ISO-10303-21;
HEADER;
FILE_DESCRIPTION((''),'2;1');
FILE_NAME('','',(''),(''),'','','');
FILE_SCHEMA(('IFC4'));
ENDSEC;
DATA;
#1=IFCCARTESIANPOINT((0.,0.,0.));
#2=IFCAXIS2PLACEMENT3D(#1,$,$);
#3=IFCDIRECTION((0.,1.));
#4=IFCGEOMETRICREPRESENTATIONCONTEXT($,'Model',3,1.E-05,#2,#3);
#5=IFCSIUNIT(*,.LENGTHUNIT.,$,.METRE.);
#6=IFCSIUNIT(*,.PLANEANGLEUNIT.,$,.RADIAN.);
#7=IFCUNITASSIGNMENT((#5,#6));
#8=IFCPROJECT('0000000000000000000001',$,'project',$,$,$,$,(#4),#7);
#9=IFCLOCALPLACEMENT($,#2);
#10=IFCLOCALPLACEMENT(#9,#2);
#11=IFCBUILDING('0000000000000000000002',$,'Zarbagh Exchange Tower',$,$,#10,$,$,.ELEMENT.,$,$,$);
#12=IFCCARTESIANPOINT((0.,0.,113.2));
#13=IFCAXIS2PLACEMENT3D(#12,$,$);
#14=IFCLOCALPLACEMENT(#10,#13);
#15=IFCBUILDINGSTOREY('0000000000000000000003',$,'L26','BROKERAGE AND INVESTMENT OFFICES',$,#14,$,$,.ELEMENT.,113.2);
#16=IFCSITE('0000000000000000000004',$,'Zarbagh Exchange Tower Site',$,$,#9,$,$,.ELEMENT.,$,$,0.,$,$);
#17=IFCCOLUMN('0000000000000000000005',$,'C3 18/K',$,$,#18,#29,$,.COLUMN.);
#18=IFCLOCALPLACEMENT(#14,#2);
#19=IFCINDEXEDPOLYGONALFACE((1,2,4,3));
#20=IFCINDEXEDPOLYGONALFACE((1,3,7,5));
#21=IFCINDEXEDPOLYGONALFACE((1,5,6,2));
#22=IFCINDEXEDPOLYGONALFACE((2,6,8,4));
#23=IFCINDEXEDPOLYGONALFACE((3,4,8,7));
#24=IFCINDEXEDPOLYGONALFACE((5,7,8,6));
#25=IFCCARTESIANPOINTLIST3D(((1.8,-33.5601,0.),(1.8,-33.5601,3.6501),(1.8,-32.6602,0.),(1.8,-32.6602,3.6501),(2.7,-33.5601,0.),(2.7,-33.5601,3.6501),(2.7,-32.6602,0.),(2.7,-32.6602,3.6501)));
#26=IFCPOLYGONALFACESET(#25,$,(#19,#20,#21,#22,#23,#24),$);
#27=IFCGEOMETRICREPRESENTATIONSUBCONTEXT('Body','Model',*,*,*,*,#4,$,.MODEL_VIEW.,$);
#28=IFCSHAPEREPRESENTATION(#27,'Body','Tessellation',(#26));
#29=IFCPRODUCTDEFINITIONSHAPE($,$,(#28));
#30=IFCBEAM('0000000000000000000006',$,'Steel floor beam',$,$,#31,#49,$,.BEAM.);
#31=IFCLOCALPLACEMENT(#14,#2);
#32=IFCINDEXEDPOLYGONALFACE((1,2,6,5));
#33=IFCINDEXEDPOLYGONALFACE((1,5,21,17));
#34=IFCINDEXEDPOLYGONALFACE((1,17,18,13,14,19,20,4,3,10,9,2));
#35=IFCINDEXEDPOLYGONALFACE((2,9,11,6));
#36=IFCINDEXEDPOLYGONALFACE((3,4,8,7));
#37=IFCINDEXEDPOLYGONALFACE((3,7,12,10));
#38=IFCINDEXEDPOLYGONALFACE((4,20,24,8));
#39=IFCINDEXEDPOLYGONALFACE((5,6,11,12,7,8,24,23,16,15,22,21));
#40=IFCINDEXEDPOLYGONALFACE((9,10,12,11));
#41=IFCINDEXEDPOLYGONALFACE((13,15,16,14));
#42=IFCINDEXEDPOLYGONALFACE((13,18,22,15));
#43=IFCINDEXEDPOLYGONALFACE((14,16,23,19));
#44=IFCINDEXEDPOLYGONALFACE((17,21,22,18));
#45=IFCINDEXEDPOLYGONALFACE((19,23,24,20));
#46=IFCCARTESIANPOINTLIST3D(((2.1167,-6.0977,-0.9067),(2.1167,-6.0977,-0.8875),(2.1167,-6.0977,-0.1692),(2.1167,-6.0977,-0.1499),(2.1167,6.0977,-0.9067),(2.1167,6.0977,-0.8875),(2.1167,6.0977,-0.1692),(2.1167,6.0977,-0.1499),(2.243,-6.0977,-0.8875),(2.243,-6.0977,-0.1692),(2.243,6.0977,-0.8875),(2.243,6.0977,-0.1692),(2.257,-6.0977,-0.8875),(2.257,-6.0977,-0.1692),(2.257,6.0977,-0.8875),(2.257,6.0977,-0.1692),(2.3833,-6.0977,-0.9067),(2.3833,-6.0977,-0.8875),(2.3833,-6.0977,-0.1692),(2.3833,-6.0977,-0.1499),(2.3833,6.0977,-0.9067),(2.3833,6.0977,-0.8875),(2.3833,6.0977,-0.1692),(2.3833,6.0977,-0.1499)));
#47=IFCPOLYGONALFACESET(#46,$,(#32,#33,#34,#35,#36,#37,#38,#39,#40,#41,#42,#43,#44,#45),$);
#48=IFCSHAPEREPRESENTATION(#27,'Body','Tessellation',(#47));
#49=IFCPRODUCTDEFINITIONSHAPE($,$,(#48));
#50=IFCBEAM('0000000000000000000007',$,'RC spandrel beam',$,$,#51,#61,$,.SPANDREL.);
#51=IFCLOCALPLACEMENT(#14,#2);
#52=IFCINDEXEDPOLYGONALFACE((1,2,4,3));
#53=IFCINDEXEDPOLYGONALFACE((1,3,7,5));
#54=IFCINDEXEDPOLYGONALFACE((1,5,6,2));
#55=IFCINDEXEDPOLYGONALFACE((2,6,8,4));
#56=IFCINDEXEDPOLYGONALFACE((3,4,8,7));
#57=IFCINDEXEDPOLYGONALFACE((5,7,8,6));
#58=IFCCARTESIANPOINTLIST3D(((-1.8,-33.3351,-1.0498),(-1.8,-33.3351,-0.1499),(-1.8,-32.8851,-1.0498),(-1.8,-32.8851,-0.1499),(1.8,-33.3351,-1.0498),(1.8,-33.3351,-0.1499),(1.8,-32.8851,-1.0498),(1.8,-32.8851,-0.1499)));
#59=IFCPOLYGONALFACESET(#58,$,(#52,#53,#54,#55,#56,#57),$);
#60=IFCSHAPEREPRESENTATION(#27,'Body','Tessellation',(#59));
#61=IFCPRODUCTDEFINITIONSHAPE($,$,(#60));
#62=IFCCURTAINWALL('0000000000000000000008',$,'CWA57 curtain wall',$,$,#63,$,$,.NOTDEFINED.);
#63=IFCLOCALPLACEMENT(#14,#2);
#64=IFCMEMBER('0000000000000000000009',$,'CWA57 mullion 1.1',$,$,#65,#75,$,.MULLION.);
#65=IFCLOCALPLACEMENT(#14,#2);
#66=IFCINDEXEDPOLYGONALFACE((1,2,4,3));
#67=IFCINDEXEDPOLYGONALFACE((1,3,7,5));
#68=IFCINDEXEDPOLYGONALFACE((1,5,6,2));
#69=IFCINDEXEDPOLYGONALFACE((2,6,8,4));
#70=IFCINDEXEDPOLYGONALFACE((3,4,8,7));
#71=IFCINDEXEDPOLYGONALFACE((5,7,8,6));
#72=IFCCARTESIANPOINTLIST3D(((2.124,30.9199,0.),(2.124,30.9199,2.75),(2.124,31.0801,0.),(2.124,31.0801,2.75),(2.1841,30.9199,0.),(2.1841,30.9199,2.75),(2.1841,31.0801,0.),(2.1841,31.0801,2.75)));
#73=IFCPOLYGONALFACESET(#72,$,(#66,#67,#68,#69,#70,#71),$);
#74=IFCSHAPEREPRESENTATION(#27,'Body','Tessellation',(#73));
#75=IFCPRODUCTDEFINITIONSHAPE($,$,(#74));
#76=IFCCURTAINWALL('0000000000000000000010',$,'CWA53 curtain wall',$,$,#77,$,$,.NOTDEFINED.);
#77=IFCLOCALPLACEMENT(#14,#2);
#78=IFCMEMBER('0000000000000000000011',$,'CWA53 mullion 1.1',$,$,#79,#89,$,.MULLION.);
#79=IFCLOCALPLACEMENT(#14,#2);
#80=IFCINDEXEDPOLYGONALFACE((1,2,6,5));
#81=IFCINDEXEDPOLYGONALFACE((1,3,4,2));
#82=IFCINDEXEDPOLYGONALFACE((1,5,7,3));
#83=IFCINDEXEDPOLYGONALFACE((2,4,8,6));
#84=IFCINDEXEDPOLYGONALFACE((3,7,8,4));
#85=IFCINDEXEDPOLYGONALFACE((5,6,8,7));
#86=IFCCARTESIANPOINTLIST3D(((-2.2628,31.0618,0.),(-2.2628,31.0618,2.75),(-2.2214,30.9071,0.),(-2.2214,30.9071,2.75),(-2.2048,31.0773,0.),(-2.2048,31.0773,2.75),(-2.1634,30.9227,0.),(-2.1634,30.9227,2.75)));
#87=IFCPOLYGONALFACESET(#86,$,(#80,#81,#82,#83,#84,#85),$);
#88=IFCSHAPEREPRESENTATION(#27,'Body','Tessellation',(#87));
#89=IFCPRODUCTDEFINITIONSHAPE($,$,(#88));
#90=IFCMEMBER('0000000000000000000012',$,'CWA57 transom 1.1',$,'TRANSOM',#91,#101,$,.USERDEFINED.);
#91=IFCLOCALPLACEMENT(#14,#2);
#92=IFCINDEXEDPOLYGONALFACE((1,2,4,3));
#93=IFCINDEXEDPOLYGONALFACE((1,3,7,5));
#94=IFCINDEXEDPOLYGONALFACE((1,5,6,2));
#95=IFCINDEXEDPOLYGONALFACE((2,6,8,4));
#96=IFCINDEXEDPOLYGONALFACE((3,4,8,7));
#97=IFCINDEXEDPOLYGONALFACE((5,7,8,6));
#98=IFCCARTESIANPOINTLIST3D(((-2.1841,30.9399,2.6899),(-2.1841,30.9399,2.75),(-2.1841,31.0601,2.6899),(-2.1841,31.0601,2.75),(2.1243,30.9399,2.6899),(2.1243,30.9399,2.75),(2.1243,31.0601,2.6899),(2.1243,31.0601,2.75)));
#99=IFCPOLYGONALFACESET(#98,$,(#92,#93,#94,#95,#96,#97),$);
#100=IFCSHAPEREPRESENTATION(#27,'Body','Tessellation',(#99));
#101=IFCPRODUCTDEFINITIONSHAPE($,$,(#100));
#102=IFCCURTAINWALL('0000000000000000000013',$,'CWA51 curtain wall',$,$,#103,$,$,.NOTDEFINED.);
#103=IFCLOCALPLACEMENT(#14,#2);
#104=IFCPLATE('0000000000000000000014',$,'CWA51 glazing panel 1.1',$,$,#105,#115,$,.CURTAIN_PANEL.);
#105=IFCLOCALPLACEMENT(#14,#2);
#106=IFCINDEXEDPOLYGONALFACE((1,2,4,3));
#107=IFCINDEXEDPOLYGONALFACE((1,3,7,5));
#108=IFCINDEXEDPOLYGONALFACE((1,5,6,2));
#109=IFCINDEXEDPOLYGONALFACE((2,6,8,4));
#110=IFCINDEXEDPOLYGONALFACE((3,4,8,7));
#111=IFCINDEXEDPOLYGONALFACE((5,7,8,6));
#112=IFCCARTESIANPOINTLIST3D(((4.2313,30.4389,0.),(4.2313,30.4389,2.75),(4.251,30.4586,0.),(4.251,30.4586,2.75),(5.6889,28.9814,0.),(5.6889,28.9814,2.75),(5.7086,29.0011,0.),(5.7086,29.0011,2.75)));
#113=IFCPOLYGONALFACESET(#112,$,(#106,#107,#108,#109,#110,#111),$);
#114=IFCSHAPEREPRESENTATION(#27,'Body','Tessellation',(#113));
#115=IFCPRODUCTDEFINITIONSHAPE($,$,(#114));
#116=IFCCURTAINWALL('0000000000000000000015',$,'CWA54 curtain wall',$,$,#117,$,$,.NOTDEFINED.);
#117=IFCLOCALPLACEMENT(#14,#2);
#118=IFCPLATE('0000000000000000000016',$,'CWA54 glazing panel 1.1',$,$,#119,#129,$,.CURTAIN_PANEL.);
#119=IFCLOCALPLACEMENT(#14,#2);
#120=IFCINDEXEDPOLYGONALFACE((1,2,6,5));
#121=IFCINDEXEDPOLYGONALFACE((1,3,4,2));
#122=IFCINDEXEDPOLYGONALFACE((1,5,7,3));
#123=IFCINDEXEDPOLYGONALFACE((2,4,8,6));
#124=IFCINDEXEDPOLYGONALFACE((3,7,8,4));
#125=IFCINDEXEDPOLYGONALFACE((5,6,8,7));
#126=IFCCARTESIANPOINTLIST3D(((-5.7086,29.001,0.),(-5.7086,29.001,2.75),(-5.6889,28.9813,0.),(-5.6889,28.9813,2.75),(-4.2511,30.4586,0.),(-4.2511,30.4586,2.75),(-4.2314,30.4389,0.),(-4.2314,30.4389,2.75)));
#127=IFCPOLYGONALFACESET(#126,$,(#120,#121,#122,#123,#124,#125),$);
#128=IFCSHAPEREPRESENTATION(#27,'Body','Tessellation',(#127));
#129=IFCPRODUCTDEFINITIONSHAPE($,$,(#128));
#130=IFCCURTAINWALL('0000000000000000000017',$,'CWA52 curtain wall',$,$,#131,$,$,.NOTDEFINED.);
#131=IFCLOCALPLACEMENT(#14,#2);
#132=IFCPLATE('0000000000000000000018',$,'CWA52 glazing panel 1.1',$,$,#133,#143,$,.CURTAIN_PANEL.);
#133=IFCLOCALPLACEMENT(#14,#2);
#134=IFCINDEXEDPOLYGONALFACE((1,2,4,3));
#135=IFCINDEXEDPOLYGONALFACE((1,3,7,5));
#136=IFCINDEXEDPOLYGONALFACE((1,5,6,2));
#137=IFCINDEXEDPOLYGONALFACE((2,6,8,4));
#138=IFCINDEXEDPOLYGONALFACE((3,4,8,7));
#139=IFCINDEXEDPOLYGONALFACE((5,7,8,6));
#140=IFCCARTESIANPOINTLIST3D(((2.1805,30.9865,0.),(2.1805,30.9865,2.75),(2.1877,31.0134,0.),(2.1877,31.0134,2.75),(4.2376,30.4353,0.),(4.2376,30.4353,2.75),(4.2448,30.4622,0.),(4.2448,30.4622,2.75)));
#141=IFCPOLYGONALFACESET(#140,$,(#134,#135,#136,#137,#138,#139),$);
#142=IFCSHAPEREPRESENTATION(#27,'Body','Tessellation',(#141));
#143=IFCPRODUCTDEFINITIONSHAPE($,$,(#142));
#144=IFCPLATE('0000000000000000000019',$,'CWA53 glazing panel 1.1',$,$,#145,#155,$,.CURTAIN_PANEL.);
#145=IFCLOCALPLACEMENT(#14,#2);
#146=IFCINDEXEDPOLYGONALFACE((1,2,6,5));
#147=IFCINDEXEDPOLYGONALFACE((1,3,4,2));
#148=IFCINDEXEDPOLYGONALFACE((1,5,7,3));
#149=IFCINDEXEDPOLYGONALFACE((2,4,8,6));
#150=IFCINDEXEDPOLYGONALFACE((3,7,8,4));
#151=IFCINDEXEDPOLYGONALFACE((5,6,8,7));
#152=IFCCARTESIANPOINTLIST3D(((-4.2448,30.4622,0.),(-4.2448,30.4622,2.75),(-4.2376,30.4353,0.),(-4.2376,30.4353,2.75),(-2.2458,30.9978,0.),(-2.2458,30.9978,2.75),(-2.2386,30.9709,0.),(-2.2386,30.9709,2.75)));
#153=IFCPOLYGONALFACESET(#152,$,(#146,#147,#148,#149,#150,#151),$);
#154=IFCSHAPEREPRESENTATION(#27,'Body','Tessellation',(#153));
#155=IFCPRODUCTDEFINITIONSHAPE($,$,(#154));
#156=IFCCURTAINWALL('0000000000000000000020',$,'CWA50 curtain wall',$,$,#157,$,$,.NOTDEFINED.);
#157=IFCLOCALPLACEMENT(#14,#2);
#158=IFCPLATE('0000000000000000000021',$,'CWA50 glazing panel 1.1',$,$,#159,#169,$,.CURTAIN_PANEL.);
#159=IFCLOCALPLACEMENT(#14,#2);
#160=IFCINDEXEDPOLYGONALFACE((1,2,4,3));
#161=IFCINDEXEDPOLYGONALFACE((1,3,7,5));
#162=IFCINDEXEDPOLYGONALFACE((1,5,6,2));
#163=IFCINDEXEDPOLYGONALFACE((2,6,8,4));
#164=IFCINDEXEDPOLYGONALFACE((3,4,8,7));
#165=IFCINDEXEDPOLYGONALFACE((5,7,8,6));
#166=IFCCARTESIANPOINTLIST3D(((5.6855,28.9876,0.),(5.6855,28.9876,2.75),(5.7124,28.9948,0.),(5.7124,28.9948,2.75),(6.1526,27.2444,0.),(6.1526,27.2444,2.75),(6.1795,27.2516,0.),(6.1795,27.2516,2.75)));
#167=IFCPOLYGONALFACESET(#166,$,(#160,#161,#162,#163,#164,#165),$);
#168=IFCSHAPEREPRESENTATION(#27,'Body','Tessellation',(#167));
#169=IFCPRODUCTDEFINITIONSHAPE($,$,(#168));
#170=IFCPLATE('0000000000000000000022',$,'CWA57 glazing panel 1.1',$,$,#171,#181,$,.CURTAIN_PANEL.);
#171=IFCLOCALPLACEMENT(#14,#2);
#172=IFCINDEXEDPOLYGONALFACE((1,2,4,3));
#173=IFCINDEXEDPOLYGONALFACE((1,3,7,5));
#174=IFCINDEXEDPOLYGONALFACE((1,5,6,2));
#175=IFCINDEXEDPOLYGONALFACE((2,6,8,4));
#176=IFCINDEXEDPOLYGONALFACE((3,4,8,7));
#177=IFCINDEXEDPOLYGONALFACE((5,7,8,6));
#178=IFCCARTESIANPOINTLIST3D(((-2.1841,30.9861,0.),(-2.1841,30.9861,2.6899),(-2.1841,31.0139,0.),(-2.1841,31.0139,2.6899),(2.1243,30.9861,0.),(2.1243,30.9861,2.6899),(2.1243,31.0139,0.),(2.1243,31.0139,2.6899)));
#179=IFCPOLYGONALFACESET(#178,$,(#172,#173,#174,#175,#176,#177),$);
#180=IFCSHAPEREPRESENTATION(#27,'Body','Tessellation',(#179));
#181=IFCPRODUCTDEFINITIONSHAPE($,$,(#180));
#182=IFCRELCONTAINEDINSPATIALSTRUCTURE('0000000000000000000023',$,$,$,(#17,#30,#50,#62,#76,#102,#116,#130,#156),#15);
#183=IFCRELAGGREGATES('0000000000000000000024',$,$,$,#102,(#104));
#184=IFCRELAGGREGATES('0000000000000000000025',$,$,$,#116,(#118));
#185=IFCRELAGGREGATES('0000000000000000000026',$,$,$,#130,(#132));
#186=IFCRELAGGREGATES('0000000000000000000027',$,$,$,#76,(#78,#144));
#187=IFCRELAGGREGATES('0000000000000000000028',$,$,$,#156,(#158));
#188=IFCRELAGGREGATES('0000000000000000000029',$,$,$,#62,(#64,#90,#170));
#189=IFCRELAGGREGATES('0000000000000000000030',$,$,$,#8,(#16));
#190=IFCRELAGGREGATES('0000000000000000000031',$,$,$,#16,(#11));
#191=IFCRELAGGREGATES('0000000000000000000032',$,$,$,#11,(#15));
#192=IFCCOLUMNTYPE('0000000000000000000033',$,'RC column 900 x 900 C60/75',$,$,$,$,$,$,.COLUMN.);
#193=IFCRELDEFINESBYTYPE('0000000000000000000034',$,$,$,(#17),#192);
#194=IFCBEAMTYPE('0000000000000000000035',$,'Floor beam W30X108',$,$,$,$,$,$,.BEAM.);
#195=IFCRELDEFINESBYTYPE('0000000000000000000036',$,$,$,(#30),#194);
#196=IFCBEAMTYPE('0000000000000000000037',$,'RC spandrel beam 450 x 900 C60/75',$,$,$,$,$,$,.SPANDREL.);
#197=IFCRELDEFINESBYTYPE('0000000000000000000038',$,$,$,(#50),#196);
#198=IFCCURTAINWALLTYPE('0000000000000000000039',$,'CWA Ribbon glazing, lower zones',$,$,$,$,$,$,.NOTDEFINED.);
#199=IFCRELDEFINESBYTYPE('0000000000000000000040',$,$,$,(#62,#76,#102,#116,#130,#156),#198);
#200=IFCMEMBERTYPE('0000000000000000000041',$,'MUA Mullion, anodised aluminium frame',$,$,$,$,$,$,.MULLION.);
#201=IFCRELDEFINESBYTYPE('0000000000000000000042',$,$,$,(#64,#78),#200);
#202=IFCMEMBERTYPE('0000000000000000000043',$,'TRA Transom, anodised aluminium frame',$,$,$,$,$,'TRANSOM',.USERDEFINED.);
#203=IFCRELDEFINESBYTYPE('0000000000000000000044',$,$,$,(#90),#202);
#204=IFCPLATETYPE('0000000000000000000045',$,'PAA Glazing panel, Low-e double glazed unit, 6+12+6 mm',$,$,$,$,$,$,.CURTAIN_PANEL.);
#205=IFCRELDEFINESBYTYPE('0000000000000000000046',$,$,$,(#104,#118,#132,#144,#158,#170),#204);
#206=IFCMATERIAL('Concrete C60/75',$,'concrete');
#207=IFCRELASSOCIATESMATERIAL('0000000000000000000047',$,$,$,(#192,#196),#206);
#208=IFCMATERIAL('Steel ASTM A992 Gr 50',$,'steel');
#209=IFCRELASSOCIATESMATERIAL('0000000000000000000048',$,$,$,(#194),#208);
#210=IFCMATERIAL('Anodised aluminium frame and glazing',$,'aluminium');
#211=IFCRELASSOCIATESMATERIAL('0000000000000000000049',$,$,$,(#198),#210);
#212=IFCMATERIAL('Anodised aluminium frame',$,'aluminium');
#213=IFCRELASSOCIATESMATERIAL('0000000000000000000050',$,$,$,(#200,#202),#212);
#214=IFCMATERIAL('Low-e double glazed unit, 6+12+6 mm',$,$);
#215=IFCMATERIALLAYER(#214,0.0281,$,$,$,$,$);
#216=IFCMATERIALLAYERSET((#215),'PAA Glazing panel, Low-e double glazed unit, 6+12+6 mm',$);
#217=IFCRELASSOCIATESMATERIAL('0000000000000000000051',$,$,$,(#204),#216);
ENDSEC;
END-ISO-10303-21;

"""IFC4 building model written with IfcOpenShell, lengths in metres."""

from ifc_helpers import new_model, si_unit, direction, frame, origin, origin_2d, place, context, subcontext, project, spatial, polyline, rectangle, i_section, outline, extrude, source, transform, mapped, material, layer, layer_set, material_profile, profile_set, type_object, element, aggregate, save


model = new_model("IFC4")

# Units and contexts
model_context = context("Model", 3, precision=1e-05, world=origin(), true_north=direction((0.0, 1.0)))
body_context = subcontext(model_context, "Body", "Model", "MODEL_VIEW")
ifc_project = project(units=[si_unit("LENGTHUNIT", "METRE"), si_unit("PLANEANGLEUNIT", "RADIAN")], contexts=[model_context])

# Site, building, storey
site_placement = place(None, origin())
site = spatial("IfcSite", under=ifc_project, at=site_placement, Name="Zarbagh Exchange Tower Site", CompositionType="ELEMENT", RefElevation=0.0)
building_placement = place(site_placement, origin())
building = spatial("IfcBuilding", under=site, at=building_placement, Name="Zarbagh Exchange Tower", CompositionType="ELEMENT")
storey_placement = place(building_placement, frame((0.0, 0.0, 113.2)))
storey = spatial("IfcBuildingStorey", under=building, at=storey_placement, Name="L26", Description="BROKERAGE AND INVESTMENT OFFICES", CompositionType="ELEMENT", Elevation=113.2)

# Column
ifc_material_1 = material(Name="Concrete C60/75", Category="concrete")
ifc_material_profile_1 = material_profile(ifc_material_1, rectangle(XDim=0.8999, YDim=0.8999, at=origin_2d()), Name="RC column 900 x 900 C60/75")
ifc_profile_set_1 = profile_set([ifc_material_profile_1], Name="Concrete C60/75")
column_type = type_object("IfcColumnType", Name="RC column 900 x 900 C60/75", PredefinedType="COLUMN", material=ifc_profile_set_1)
column_placement = place(storey_placement, frame((2.25, -33.1101, 0.0), z_axis=(0.0, 0.0, 1.0), x_axis=(1.0, 0.0, 0.0)))
element("IfcColumn", 1, at=column_placement, inside=storey, type_object=column_type, Name="C3 18/K", PredefinedType="COLUMN", context=body_context, shape_type="SweptSolid", body=[
    extrude(rectangle(XDim=0.8999, YDim=0.8999, at=origin_2d()), origin(), (0.0, 0.0, 1.0), 3.6501),
])

# Beams
ifc_material_2 = material(Name="Steel ASTM A992 Gr 50", Category="steel")
ifc_material_profile_2 = material_profile(ifc_material_2, i_section(OverallWidth=0.2666, OverallDepth=0.7568, WebThickness=0.0139, FlangeThickness=0.0193, at=origin_2d()), Name="W30X108")
ifc_profile_set_2 = profile_set([ifc_material_profile_2], Name="Steel ASTM A992 Gr 50")
beam_type_1 = type_object("IfcBeamType", Name="Floor beam W30X108", PredefinedType="BEAM", material=ifc_profile_set_2)
beam_1_placement = place(storey_placement, frame((2.25, -6.0977, -0.5283), z_axis=(0.0, 1.0, 0.0), x_axis=(-1.0, 0.0, 0.0)))
element("IfcBeam", 2, at=beam_1_placement, inside=storey, type_object=beam_type_1, Name="Steel floor beam", PredefinedType="BEAM", context=body_context, shape_type="SweptSolid", body=[
    extrude(i_section(OverallWidth=0.2666, OverallDepth=0.7568, WebThickness=0.0139, FlangeThickness=0.0193, at=origin_2d()), origin(), (0.0, 0.0, 1.0), 12.1953),
])
ifc_material_profile_3 = material_profile(ifc_material_1, rectangle(XDim=0.45, YDim=0.8999, at=origin_2d()), Name="RC spandrel beam 450 x 900 C60/75")
ifc_profile_set_3 = profile_set([ifc_material_profile_3], Name="Concrete C60/75")
beam_type_2 = type_object("IfcBeamType", Name="RC spandrel beam 450 x 900 C60/75", PredefinedType="SPANDREL", material=ifc_profile_set_3)
beam_2_placement = place(storey_placement, frame((1.8, -33.1101, -0.5999), z_axis=(-1.0, 0.0, 0.0), x_axis=(0.0, -1.0, 0.0)))
element("IfcBeam", 3, at=beam_2_placement, inside=storey, type_object=beam_type_2, Name="RC spandrel beam", PredefinedType="SPANDREL", context=body_context, shape_type="SweptSolid", body=[
    extrude(rectangle(XDim=0.45, YDim=0.8999, at=origin_2d()), origin(), (0.0, 0.0, 1.0), 3.6001),
])

# Curtain walls, members
ifc_material_3 = material(Name="Anodised aluminium frame and glazing", Category="aluminium")
curtain_wall_type = type_object("IfcCurtainWallType", Name="CWA Ribbon glazing, lower zones", PredefinedType="NOTDEFINED", material=ifc_material_3)
curtain_wall_1_placement = place(storey_placement, origin())
curtain_wall_1 = element("IfcCurtainWall", 4, at=curtain_wall_1_placement, inside=storey, type_object=curtain_wall_type, Name="CWA57 curtain wall", PredefinedType="NOTDEFINED")
ifc_material_4 = material(Name="Anodised aluminium frame", Category="aluminium")
member_type_1 = type_object("IfcMemberType", Name="MUA Mullion, anodised aluminium frame", PredefinedType="MULLION", material=ifc_material_4)
shared_shape_1 = source(origin(), body_context, "Body", "SweptSolid", [
    extrude(outline(polyline([(0.0, -0.0801), (0.0601, -0.0801), (0.0601, 0.0801), (0.0, 0.0801), (0.0, -0.0801)])), origin(), (0.0, 0.0, 1.0), 2.75),
])
placement = place(storey_placement, origin())
member_1 = element("IfcMember", 5, at=placement, type_object=member_type_1, Name="CWA57 mullion 1.1", PredefinedType="MULLION", context=body_context, shape_type="MappedRepresentation", body=[
    mapped(shared_shape_1, transform((2.1841, 31.0, 0.0), x_axis=(-1.0, 0.0, 0.0), y_axis=(0.0, -1.0, 0.0), z_axis=(0.0, 0.0, 1.0))),
])
curtain_wall_2_placement = place(storey_placement, origin())
curtain_wall_2 = element("IfcCurtainWall", 6, at=curtain_wall_2_placement, inside=storey, type_object=curtain_wall_type, Name="CWA53 curtain wall", PredefinedType="NOTDEFINED")
member_2 = element("IfcMember", 7, at=placement, type_object=member_type_1, Name="CWA53 mullion 1.1", PredefinedType="MULLION", context=body_context, shape_type="MappedRepresentation", body=[
    mapped(shared_shape_1, transform((-2.1841, 31.0, 0.0), x_axis=(-0.965924, -0.258825, 0.0), y_axis=(0.258825, -0.965924, 0.0), z_axis=(0.0, 0.0, 1.0))),
])

# Member
member_type_2 = type_object("IfcMemberType", Name="TRA Transom, anodised aluminium frame", ElementType="TRANSOM", PredefinedType="USERDEFINED", material=ifc_material_4)
shared_shape_2 = source(origin(), body_context, "Body", "SweptSolid", [
    extrude(outline(polyline([(-0.0601, -0.0601), (0.0, -0.0601), (0.0, 0.0601), (-0.0601, 0.0601), (-0.0601, -0.0601)])), origin(), (0.0, 0.0, 1.0), 4.3083),
])
member_3 = element("IfcMember", 8, at=placement, type_object=member_type_2, Name="CWA57 transom 1.1", ObjectType="TRANSOM", PredefinedType="USERDEFINED", context=body_context, shape_type="MappedRepresentation", body=[
    mapped(shared_shape_2, transform((2.1243, 31.0, 2.75), x_axis=(0.0, 0.0, 1.0), y_axis=(0.0, 1.0, 0.0), z_axis=(-1.0, 0.0, 0.0))),
])

# Curtain walls, plates
curtain_wall_3_placement = place(storey_placement, origin())
curtain_wall_3 = element("IfcCurtainWall", 9, at=curtain_wall_3_placement, inside=storey, type_object=curtain_wall_type, Name="CWA51 curtain wall", PredefinedType="NOTDEFINED")
ifc_material_5 = material(Name="Low-e double glazed unit, 6+12+6 mm")
ifc_layer_1 = layer(ifc_material_5, 0.0281)
ifc_layer_set_1 = layer_set([ifc_layer_1], Name="PAA Glazing panel, Low-e double glazed unit, 6+12+6 mm")
plate_type = type_object("IfcPlateType", Name="PAA Glazing panel, Low-e double glazed unit, 6+12+6 mm", PredefinedType="CURTAIN_PANEL", material=ifc_layer_set_1)
shared_shape_3 = source(origin(), body_context, "Body", "SweptSolid", [
    extrude(outline(polyline([(0.0, -0.0139), (2.0613, -0.0139), (2.0613, 0.0139), (0.0, 0.0139), (0.0, -0.0139)])), origin(), (0.0, 0.0, 1.0), 2.75),
])
plate_1 = element("IfcPlate", 10, at=placement, type_object=plate_type, Name="CWA51 glazing panel 1.1", PredefinedType="CURTAIN_PANEL", context=body_context, shape_type="MappedRepresentation", body=[
    mapped(shared_shape_3, transform((5.6987, 28.9912, 0.0), x_axis=(-0.707107, 0.707107, 0.0), y_axis=(-0.707107, -0.707107, 0.0), z_axis=(0.0, 0.0, 1.0))),
])
aggregate(curtain_wall_3, [plate_1])
curtain_wall_4_placement = place(storey_placement, origin())
curtain_wall_4 = element("IfcCurtainWall", 11, at=curtain_wall_4_placement, inside=storey, type_object=curtain_wall_type, Name="CWA54 curtain wall", PredefinedType="NOTDEFINED")
plate_2 = element("IfcPlate", 12, at=placement, type_object=plate_type, Name="CWA54 glazing panel 1.1", PredefinedType="CURTAIN_PANEL", context=body_context, shape_type="MappedRepresentation", body=[
    mapped(shared_shape_3, transform((-4.2412, 30.4487, 0.0), x_axis=(-0.707107, -0.707107, 0.0), y_axis=(0.707107, -0.707107, 0.0), z_axis=(0.0, 0.0, 1.0))),
])
aggregate(curtain_wall_4, [plate_2])
curtain_wall_5_placement = place(storey_placement, origin())
curtain_wall_5 = element("IfcCurtainWall", 13, at=curtain_wall_5_placement, inside=storey, type_object=curtain_wall_type, Name="CWA52 curtain wall", PredefinedType="NOTDEFINED")
shared_shape_4 = source(origin(), body_context, "Body", "SweptSolid", [
    extrude(outline(polyline([(0.0, -0.0139), (2.1296, -0.0139), (2.1296, 0.0139), (0.0, 0.0139), (0.0, -0.0139)])), origin(), (0.0, 0.0, 1.0), 2.75),
])
plate_3 = element("IfcPlate", 14, at=placement, type_object=plate_type, Name="CWA52 glazing panel 1.1", PredefinedType="CURTAIN_PANEL", context=body_context, shape_type="MappedRepresentation", body=[
    mapped(shared_shape_4, transform((4.2412, 30.4487, 0.0), x_axis=(-0.965924, 0.258825, 0.0), y_axis=(-0.258825, -0.965924, 0.0), z_axis=(0.0, 0.0, 1.0))),
])
aggregate(curtain_wall_5, [plate_3])

# Plate
shared_shape_5 = source(origin(), body_context, "Body", "SweptSolid", [
    extrude(outline(polyline([(0.0, -0.0139), (2.0696, -0.0139), (2.0696, 0.0139), (0.0, 0.0139), (0.0, -0.0139)])), origin(), (0.0, 0.0, 1.0), 2.75),
])
plate_4 = element("IfcPlate", 15, at=placement, type_object=plate_type, Name="CWA53 glazing panel 1.1", PredefinedType="CURTAIN_PANEL", context=body_context, shape_type="MappedRepresentation", body=[
    mapped(shared_shape_5, transform((-2.2422, 30.9844, 0.0), x_axis=(-0.965924, -0.258825, 0.0), y_axis=(0.258825, -0.965924, 0.0), z_axis=(0.0, 0.0, 1.0))),
])
aggregate(curtain_wall_2, [member_2, plate_4])

# Curtain wall, plate
curtain_wall_6_placement = place(storey_placement, origin())
curtain_wall_6 = element("IfcCurtainWall", 16, at=curtain_wall_6_placement, inside=storey, type_object=curtain_wall_type, Name="CWA50 curtain wall", PredefinedType="NOTDEFINED")
shared_shape_6 = source(origin(), body_context, "Body", "SweptSolid", [
    extrude(outline(polyline([(0.0, -0.0139), (1.8047, -0.0139), (1.8047, 0.0139), (0.0, 0.0139), (0.0, -0.0139)])), origin(), (0.0, 0.0, 1.0), 2.75),
])
plate_5 = element("IfcPlate", 17, at=placement, type_object=plate_type, Name="CWA50 glazing panel 1.1", PredefinedType="CURTAIN_PANEL", context=body_context, shape_type="MappedRepresentation", body=[
    mapped(shared_shape_6, transform((6.166, 27.248, 0.0), x_axis=(-0.258825, 0.965924, 0.0), y_axis=(-0.965924, -0.258825, 0.0), z_axis=(0.0, 0.0, 1.0))),
])
aggregate(curtain_wall_6, [plate_5])

# Plate
shared_shape_7 = source(origin(), body_context, "Body", "SweptSolid", [
    extrude(outline(polyline([(0.0, -0.0139), (4.3083, -0.0139), (4.3083, 0.0139), (0.0, 0.0139), (0.0, -0.0139)])), origin(), (0.0, 0.0, 1.0), 2.6899),
])
plate_6 = element("IfcPlate", 18, at=placement, type_object=plate_type, Name="CWA57 glazing panel 1.1", PredefinedType="CURTAIN_PANEL", context=body_context, shape_type="MappedRepresentation", body=[
    mapped(shared_shape_7, transform((2.1243, 31.0, 0.0), x_axis=(-1.0, 0.0, 0.0), y_axis=(0.0, -1.0, 0.0), z_axis=(0.0, 0.0, 1.0))),
])
aggregate(curtain_wall_1, [member_1, member_3, plate_6])

save(model, "model.ifc")
